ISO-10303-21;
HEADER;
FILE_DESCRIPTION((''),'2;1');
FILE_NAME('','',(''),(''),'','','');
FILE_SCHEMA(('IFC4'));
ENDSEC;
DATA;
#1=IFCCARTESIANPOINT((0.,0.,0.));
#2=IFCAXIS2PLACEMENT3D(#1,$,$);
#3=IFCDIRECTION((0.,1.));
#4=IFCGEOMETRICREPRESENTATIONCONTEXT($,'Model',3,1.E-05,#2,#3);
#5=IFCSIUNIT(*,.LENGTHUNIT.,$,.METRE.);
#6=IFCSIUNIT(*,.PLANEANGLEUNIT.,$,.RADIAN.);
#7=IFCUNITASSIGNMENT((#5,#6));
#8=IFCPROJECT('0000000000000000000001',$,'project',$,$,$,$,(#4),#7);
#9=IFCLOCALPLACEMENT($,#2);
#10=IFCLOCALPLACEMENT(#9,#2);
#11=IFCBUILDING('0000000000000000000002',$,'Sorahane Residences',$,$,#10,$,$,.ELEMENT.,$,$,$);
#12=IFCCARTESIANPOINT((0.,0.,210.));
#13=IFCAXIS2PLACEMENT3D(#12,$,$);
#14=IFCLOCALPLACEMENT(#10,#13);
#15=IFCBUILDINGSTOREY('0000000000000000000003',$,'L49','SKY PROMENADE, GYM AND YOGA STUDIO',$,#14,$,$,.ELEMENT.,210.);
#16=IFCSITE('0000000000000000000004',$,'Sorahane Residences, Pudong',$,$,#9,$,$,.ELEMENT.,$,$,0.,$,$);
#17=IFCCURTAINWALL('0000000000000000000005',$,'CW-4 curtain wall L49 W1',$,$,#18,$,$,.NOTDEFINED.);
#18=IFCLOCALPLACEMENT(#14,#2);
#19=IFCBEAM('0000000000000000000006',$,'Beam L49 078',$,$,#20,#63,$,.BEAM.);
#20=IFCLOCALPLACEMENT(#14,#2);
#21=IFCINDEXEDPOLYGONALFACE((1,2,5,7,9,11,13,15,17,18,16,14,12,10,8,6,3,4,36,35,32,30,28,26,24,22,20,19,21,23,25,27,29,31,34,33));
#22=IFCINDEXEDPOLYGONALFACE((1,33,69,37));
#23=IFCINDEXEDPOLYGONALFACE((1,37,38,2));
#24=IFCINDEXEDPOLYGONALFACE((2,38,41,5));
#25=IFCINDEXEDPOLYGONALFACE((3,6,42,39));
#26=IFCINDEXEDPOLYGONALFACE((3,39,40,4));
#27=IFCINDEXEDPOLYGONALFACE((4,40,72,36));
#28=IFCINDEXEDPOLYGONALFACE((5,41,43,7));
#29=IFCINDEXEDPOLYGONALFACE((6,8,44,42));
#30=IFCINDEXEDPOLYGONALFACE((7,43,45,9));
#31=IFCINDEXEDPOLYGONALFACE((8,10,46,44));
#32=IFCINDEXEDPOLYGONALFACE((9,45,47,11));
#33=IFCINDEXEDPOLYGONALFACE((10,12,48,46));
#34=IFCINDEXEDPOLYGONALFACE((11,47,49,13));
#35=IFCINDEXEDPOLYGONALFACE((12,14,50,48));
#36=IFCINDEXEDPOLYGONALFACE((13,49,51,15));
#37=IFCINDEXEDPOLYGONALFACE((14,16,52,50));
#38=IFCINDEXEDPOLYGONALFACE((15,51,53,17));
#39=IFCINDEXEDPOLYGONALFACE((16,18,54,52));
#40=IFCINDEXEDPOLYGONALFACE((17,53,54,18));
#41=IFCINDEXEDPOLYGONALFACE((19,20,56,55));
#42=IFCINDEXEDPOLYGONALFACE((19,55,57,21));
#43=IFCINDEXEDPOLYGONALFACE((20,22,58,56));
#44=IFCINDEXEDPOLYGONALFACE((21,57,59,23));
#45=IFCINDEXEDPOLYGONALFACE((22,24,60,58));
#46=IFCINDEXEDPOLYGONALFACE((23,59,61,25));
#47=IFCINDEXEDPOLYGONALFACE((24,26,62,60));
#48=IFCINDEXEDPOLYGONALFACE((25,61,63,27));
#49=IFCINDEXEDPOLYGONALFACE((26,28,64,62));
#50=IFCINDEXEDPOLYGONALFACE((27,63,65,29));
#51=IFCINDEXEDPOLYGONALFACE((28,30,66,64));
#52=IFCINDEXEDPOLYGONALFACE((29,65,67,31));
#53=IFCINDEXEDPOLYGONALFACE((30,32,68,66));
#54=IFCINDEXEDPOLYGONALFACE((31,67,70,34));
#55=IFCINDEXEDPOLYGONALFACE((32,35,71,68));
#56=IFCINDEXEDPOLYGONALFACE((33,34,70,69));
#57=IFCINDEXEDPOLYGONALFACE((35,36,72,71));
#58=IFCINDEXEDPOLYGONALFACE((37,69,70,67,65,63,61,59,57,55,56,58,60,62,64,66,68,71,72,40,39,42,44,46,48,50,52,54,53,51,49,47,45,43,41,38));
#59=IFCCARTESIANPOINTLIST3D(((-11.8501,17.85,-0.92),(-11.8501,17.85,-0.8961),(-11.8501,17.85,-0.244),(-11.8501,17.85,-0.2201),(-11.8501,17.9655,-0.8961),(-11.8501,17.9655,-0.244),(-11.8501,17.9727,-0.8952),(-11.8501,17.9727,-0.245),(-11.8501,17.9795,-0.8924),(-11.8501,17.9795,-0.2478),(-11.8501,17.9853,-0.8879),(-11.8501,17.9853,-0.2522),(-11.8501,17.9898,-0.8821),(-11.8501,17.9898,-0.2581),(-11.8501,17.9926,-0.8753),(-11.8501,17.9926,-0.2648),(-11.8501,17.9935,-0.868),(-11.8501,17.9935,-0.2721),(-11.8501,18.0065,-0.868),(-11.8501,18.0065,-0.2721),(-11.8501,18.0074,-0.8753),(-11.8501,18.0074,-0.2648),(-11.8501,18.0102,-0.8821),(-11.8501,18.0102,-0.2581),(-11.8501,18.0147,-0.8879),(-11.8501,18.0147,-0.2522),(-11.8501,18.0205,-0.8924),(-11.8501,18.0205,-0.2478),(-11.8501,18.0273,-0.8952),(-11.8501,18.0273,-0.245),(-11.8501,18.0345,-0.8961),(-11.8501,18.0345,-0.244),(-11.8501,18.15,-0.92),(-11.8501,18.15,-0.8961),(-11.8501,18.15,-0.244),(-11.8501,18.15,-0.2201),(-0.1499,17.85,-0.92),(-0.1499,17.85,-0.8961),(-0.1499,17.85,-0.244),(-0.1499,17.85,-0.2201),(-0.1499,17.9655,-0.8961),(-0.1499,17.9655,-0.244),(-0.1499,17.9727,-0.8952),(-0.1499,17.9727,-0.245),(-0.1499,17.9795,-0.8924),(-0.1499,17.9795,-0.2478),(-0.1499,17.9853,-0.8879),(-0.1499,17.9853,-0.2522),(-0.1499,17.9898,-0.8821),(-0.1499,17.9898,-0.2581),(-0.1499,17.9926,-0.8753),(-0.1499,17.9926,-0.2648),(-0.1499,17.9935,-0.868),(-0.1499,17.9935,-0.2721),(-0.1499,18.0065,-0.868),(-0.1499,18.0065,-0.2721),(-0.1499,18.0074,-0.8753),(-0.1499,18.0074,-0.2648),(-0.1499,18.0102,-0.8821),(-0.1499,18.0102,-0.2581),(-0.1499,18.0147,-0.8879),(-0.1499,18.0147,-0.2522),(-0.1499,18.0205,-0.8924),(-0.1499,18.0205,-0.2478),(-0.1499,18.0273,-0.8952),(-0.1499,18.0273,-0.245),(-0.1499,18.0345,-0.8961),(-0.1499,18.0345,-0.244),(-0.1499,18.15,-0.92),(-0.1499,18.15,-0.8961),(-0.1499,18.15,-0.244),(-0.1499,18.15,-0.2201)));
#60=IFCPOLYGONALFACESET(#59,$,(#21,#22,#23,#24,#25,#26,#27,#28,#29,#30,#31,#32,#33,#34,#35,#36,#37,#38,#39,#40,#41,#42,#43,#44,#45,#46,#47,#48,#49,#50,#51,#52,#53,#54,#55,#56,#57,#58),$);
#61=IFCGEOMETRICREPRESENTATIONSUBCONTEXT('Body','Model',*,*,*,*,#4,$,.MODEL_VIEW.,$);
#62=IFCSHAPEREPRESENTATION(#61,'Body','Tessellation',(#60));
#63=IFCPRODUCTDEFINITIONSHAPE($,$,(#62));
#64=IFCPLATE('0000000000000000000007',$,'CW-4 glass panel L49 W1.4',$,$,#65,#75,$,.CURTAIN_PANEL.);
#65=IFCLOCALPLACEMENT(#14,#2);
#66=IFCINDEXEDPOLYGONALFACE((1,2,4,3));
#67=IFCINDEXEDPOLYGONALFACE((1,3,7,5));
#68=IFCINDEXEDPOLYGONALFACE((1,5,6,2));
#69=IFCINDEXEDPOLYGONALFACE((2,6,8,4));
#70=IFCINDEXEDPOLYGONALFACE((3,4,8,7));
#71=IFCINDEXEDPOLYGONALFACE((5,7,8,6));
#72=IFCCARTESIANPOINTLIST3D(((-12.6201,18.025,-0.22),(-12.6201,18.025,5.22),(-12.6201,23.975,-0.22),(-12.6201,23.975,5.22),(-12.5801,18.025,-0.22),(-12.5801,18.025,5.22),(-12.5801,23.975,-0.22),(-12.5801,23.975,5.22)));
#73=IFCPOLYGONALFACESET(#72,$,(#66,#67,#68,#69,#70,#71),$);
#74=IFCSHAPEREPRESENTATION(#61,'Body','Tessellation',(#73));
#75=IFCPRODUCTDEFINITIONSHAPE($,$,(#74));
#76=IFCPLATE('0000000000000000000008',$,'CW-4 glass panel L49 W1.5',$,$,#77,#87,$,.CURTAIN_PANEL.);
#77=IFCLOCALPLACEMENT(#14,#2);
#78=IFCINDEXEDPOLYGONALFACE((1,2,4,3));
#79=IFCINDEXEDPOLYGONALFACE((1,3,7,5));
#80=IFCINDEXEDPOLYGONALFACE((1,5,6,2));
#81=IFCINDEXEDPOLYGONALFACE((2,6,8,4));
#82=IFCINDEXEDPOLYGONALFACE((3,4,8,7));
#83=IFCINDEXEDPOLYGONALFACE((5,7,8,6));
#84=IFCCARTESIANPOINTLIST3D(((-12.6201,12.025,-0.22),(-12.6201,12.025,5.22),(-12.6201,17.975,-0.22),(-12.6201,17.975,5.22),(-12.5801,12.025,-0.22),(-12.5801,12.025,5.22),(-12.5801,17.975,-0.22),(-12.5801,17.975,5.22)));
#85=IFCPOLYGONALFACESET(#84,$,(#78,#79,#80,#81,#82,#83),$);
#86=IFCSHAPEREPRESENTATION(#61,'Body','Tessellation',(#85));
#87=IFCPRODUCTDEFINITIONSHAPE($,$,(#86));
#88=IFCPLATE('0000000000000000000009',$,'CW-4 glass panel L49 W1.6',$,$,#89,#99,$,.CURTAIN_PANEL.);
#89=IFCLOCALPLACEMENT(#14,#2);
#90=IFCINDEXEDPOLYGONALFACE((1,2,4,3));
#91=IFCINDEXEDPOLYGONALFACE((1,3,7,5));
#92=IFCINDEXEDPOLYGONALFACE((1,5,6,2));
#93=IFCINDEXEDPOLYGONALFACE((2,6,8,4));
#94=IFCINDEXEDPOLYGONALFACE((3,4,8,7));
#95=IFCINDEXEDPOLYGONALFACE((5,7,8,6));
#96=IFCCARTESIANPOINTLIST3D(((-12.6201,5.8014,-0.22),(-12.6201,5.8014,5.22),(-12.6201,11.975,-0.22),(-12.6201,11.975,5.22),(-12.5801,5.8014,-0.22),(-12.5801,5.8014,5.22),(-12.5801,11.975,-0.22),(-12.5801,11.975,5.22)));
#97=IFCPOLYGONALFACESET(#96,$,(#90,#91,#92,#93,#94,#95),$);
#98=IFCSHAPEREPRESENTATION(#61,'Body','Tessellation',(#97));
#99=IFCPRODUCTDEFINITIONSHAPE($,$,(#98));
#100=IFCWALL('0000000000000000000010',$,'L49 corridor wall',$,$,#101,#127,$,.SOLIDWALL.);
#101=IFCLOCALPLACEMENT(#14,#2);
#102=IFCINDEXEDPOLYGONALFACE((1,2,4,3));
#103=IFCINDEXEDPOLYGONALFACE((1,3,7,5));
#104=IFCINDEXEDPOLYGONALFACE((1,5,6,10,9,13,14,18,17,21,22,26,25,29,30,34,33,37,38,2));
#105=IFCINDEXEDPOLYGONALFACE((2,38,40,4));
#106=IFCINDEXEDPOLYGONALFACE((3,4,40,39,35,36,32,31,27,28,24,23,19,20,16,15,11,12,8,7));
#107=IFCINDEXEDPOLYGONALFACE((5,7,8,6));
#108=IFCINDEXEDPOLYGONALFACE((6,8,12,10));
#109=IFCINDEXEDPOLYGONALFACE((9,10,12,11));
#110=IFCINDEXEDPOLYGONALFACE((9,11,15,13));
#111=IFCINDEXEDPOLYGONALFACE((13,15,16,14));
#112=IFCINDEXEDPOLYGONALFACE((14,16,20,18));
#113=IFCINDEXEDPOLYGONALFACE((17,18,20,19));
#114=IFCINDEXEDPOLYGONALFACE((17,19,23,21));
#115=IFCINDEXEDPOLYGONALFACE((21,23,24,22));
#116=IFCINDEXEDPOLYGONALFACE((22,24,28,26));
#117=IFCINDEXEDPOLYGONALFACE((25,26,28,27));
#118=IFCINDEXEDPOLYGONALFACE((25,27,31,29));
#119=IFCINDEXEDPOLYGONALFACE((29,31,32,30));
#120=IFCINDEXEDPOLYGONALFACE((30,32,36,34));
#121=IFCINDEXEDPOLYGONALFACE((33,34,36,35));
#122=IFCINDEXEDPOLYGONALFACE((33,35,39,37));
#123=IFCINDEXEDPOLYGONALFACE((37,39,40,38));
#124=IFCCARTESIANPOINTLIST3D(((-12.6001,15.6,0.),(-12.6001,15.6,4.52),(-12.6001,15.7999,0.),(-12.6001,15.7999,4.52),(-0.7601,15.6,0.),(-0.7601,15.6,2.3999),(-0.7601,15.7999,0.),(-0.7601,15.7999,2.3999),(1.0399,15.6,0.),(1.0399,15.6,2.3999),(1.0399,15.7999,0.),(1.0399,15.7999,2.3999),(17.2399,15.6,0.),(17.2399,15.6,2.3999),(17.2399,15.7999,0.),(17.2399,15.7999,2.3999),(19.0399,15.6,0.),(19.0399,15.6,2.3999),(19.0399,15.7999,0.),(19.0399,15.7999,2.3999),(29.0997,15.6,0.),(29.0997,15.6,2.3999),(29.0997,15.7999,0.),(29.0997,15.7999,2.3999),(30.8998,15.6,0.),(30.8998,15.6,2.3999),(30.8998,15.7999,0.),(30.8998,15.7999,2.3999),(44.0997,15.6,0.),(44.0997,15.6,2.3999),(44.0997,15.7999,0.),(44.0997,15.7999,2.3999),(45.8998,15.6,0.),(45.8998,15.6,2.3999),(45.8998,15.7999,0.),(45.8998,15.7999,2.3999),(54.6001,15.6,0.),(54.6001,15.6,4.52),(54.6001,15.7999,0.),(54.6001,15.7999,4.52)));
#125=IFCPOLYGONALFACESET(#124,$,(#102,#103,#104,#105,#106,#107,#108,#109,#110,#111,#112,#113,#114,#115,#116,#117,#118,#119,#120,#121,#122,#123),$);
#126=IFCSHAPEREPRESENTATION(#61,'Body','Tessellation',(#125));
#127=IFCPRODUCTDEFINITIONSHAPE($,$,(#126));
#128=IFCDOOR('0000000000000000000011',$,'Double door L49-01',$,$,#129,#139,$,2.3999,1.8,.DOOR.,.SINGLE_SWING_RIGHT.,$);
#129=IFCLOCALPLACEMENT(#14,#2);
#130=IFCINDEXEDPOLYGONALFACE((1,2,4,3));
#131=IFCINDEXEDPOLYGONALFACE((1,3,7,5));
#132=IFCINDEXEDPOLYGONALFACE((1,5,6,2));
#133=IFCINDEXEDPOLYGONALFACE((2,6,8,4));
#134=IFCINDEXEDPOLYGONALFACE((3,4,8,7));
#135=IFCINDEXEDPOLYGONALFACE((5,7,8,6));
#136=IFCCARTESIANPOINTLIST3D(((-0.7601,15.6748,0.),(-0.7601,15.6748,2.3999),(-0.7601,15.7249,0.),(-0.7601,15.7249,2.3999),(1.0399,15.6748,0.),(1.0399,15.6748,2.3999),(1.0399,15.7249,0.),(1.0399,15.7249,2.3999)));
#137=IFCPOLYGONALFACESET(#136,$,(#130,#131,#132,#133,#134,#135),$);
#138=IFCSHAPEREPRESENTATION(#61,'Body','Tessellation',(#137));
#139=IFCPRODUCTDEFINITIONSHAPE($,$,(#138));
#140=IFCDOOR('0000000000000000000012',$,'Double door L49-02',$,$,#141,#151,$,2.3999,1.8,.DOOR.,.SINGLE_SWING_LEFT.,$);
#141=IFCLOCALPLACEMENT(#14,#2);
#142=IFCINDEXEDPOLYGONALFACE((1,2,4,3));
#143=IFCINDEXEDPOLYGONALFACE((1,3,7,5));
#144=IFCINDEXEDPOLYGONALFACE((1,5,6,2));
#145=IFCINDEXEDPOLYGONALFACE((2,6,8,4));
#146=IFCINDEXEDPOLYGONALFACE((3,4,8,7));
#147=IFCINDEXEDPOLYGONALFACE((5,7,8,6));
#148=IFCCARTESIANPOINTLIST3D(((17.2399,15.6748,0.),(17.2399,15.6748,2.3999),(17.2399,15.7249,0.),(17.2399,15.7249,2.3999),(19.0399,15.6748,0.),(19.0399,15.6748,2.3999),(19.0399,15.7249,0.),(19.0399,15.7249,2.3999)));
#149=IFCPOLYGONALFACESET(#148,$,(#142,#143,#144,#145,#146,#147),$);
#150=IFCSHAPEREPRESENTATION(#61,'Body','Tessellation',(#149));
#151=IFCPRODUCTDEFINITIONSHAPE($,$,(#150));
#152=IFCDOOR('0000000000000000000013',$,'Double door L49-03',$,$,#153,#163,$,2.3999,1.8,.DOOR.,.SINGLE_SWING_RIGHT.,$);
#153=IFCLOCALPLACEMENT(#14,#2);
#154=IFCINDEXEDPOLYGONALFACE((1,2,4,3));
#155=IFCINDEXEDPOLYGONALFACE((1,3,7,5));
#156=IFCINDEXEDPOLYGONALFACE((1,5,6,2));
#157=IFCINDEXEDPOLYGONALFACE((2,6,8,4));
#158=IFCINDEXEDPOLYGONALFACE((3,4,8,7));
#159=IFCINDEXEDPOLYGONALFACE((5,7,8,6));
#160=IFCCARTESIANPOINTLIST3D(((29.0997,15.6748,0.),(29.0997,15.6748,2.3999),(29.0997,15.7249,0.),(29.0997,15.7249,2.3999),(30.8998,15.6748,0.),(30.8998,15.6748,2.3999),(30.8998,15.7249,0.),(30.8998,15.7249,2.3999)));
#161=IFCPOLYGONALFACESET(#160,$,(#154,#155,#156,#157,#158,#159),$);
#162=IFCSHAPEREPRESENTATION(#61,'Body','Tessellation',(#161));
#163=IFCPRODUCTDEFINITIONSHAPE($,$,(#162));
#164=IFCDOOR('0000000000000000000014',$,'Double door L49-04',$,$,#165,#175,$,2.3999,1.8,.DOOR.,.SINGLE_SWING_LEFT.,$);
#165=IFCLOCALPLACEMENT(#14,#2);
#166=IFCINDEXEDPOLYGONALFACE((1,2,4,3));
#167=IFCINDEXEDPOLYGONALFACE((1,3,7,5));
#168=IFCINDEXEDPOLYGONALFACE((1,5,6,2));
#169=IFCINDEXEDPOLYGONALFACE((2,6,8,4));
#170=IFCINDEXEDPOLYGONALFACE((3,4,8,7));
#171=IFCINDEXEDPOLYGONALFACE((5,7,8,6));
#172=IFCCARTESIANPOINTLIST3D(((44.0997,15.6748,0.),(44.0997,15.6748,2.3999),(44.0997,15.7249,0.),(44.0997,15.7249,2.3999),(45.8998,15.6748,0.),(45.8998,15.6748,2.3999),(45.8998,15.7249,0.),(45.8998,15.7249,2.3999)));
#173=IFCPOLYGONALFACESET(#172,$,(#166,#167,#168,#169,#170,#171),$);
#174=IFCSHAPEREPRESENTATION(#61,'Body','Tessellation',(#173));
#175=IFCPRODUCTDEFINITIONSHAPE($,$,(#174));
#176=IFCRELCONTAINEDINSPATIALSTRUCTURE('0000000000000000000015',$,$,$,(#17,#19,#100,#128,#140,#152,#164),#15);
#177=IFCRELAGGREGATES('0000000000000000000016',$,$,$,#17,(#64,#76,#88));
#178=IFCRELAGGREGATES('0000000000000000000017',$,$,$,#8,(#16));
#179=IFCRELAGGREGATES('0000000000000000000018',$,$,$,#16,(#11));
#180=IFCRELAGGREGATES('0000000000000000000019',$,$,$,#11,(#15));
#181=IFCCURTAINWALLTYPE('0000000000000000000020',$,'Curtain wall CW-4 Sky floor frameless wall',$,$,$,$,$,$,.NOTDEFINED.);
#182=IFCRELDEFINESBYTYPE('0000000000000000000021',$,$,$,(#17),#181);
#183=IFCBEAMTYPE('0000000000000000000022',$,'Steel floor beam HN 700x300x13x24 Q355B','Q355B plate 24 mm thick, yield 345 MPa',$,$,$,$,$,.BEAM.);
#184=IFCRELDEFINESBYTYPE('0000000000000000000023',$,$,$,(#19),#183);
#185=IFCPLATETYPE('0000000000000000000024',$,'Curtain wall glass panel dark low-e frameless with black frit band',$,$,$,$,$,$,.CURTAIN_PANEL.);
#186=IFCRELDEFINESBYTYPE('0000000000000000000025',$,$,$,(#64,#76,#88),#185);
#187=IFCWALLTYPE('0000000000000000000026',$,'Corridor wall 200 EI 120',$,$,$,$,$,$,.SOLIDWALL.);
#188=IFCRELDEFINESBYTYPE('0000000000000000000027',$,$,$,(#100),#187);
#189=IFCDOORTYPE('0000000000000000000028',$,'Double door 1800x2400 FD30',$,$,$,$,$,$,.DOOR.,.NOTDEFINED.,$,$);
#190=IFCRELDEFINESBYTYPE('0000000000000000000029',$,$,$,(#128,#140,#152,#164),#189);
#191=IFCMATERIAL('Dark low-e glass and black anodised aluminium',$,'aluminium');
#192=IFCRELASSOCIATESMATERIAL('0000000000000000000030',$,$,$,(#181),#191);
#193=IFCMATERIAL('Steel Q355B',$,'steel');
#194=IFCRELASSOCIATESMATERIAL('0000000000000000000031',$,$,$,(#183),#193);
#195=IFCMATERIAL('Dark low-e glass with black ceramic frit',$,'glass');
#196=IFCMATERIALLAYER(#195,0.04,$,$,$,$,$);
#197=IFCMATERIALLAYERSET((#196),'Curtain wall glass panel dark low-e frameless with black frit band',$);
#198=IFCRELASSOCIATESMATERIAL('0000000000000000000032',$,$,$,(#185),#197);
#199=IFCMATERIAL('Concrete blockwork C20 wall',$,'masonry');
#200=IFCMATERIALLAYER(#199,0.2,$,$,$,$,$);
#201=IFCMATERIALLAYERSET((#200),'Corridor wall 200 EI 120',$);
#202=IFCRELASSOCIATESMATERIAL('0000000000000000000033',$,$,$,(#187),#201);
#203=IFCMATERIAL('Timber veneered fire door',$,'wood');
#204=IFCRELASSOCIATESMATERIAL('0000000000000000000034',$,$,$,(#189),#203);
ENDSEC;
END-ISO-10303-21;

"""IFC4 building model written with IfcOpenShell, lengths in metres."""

from ifc_helpers import new_model, si_unit, direction, frame, frame_2d, origin, origin_2d, place, context, subcontext, project, spatial, rectangle, i_section, extrude, material, layer, layer_set, material_profile, profile_set, type_object, element, fill, aggregate, save


model = new_model("IFC4")

# Units and contexts
model_context = context("Model", 3, precision=1e-05, world=origin(), true_north=direction((0.0, 1.0)))
body_context = subcontext(model_context, "Body", "Model", "MODEL_VIEW")
ifc_project = project(units=[si_unit("LENGTHUNIT", "METRE"), si_unit("PLANEANGLEUNIT", "RADIAN")], contexts=[model_context])

# Site, building, storey
site_placement = place(None, origin())
site = spatial("IfcSite", under=ifc_project, at=site_placement, Name="Sorahane Residences, Pudong", CompositionType="ELEMENT", RefElevation=0.0)
building_placement = place(site_placement, origin())
building = spatial("IfcBuilding", under=site, at=building_placement, Name="Sorahane Residences", CompositionType="ELEMENT")
storey_placement = place(building_placement, frame((0.0, 0.0, 210.0)))
storey = spatial("IfcBuildingStorey", under=building, at=storey_placement, Name="L49", Description="SKY PROMENADE, GYM AND YOGA STUDIO", CompositionType="ELEMENT", Elevation=210.0)

# Curtain wall
ifc_material_1 = material(Name="Dark low-e glass and black anodised aluminium", Category="aluminium")
curtain_wall_type = type_object("IfcCurtainWallType", Name="Curtain wall CW-4 Sky floor frameless wall", PredefinedType="NOTDEFINED", material=ifc_material_1)
curtain_wall_1_placement = place(storey_placement, origin())
curtain_wall_1 = element("IfcCurtainWall", 1, at=curtain_wall_1_placement, inside=storey, type_object=curtain_wall_type, Name="CW-4 curtain wall L49 W1", PredefinedType="NOTDEFINED")

# Beam
ifc_material_2 = material(Name="Steel Q355B", Category="steel")
ifc_material_profile_1 = material_profile(ifc_material_2, i_section(OverallWidth=0.3, OverallDepth=0.7, WebThickness=0.0129, FlangeThickness=0.0239, FilletRadius=0.0281, at=origin_2d()), Name="HN 700x300x13x24")
ifc_profile_set_1 = profile_set([ifc_material_profile_1], Name="Steel Q355B")
beam_type_1 = type_object("IfcBeamType", Name="Steel floor beam HN 700x300x13x24 Q355B", Description="Q355B plate 24 mm thick, yield 345 MPa", PredefinedType="BEAM", material=ifc_profile_set_1)
beam_1_placement = place(storey_placement, frame((-11.8501, 18.0, -0.5701), z_axis=(1.0, 0.0, 0.0), x_axis=(0.0, 1.0, 0.0)))
element("IfcBeam", 2, at=beam_1_placement, inside=storey, type_object=beam_type_1, Name="Beam L49 078", PredefinedType="BEAM", context=body_context, shape_type="SweptSolid", body=[
    extrude(i_section(OverallWidth=0.3, OverallDepth=0.7, WebThickness=0.0129, FlangeThickness=0.0239, FilletRadius=0.0281, at=origin_2d()), origin(), (0.0, 0.0, 1.0), 11.7002),
])

# Plates
ifc_material_3 = material(Name="Dark low-e glass with black ceramic frit", Category="glass")
ifc_layer_1 = layer(ifc_material_3, 0.04)
ifc_layer_set_1 = layer_set([ifc_layer_1], Name="Curtain wall glass panel dark low-e frameless with black frit band")
plate_type = type_object("IfcPlateType", Name="Curtain wall glass panel dark low-e frameless with black frit band", PredefinedType="CURTAIN_PANEL", material=ifc_layer_set_1)
plate_1_placement = place(storey_placement, frame((-12.6001, 21.0, -0.22), z_axis=(0.0, 0.0, 1.0), x_axis=(0.0, -1.0, 0.0)))
plate_1 = element("IfcPlate", 3, at=plate_1_placement, type_object=plate_type, Name="CW-4 glass panel L49 W1.4", PredefinedType="CURTAIN_PANEL", context=body_context, shape_type="SweptSolid", body=[
    extrude(rectangle(XDim=5.95, YDim=0.04, at=origin_2d()), origin(), (0.0, 0.0, 1.0), 5.4399),
])
plate_2_placement = place(storey_placement, frame((-12.6001, 15.0, -0.22), z_axis=(0.0, 0.0, 1.0), x_axis=(0.0, -1.0, 0.0)))
plate_2 = element("IfcPlate", 4, at=plate_2_placement, type_object=plate_type, Name="CW-4 glass panel L49 W1.5", PredefinedType="CURTAIN_PANEL", context=body_context, shape_type="SweptSolid", body=[
    extrude(rectangle(XDim=5.95, YDim=0.04, at=origin_2d()), origin(), (0.0, 0.0, 1.0), 5.4399),
])
plate_3_placement = place(storey_placement, frame((-12.6001, 8.8882, -0.22), z_axis=(0.0, 0.0, 1.0), x_axis=(0.0, -1.0, 0.0)))
plate_3 = element("IfcPlate", 5, at=plate_3_placement, type_object=plate_type, Name="CW-4 glass panel L49 W1.6", PredefinedType="CURTAIN_PANEL", context=body_context, shape_type="SweptSolid", body=[
    extrude(rectangle(XDim=6.1736, YDim=0.04, at=origin_2d()), origin(), (0.0, 0.0, 1.0), 5.4399),
])
aggregate(curtain_wall_1, [plate_1, plate_2, plate_3])

# Wall, openings, doors
ifc_material_4 = material(Name="Concrete blockwork C20 wall", Category="masonry")
ifc_layer_2 = layer(ifc_material_4, 0.2)
ifc_layer_set_2 = layer_set([ifc_layer_2], Name="Corridor wall 200 EI 120")
wall_type = type_object("IfcWallType", Name="Corridor wall 200 EI 120", PredefinedType="SOLIDWALL", material=ifc_layer_set_2)
wall_1_placement = place(storey_placement, frame((-12.6001, 15.7, 0.0), z_axis=(0.0, 0.0, 1.0), x_axis=(1.0, 0.0, 0.0)))
wall_1 = element("IfcWall", 6, at=wall_1_placement, inside=storey, type_object=wall_type, Name="L49 corridor wall", PredefinedType="SOLIDWALL", context=body_context, shape_type="SweptSolid", body=[
    extrude(rectangle(XDim=67.2002, YDim=0.2, at=frame_2d((33.6001, 0.0))), origin(), (0.0, 0.0, 1.0), 4.52),
])
opening_1_placement = place(wall_1_placement, frame((11.8401, 0.0, 0.0)))
opening_1 = element("IfcOpeningElement", 7, at=opening_1_placement, cuts=wall_1, PredefinedType="OPENING", context=body_context, shape_type="SweptSolid", body=[
    extrude(rectangle(XDim=1.8, YDim=2.3999, at=frame_2d((0.8999, 1.2))), frame((0.0, 0.1099, 0.0), z_axis=(0.0, -1.0, 0.0), x_axis=(1.0, 0.0, 0.0)), (0.0, 0.0, 1.0), 0.22),
])
opening_2_placement = place(wall_1_placement, frame((29.8401, 0.0, 0.0)))
opening_2 = element("IfcOpeningElement", 8, at=opening_2_placement, cuts=wall_1, PredefinedType="OPENING", context=body_context, shape_type="SweptSolid", body=[
    extrude(rectangle(XDim=1.8, YDim=2.3999, at=frame_2d((0.8999, 1.2))), frame((0.0, 0.1099, 0.0), z_axis=(0.0, -1.0, 0.0), x_axis=(1.0, 0.0, 0.0)), (0.0, 0.0, 1.0), 0.22),
])
opening_3_placement = place(wall_1_placement, frame((41.7, 0.0, 0.0)))
opening_3 = element("IfcOpeningElement", 9, at=opening_3_placement, cuts=wall_1, PredefinedType="OPENING", context=body_context, shape_type="SweptSolid", body=[
    extrude(rectangle(XDim=1.8, YDim=2.3999, at=frame_2d((0.8999, 1.2))), frame((0.0, 0.1099, 0.0), z_axis=(0.0, -1.0, 0.0), x_axis=(1.0, 0.0, 0.0)), (0.0, 0.0, 1.0), 0.22),
])
opening_4_placement = place(wall_1_placement, frame((56.7, 0.0, 0.0)))
opening_4 = element("IfcOpeningElement", 10, at=opening_4_placement, cuts=wall_1, PredefinedType="OPENING", context=body_context, shape_type="SweptSolid", body=[
    extrude(rectangle(XDim=1.8, YDim=2.3999, at=frame_2d((0.8999, 1.2))), frame((0.0, 0.1099, 0.0), z_axis=(0.0, -1.0, 0.0), x_axis=(1.0, 0.0, 0.0)), (0.0, 0.0, 1.0), 0.22),
])
ifc_material_5 = material(Name="Timber veneered fire door", Category="wood")
door_type_1 = type_object("IfcDoorType", Name="Double door 1800x2400 FD30", OperationType="NOTDEFINED", PredefinedType="DOOR", material=ifc_material_5)
door_1_placement = place(opening_1_placement, origin())
door_1 = element("IfcDoor", 11, at=door_1_placement, inside=storey, type_object=door_type_1, Name="Double door L49-01", OperationType="SINGLE_SWING_RIGHT", OverallHeight=2.3999, OverallWidth=1.8, PredefinedType="DOOR", context=body_context, shape_type="SweptSolid", body=[
    extrude(rectangle(XDim=1.8, YDim=2.3999, at=frame_2d((0.8999, 1.2))), frame((0.0, 0.0249, 0.0), z_axis=(0.0, -1.0, 0.0), x_axis=(1.0, 0.0, 0.0)), (0.0, 0.0, 1.0), 0.05),
])
fill(opening_1, door_1)
door_2_placement = place(opening_2_placement, origin())
door_2 = element("IfcDoor", 12, at=door_2_placement, inside=storey, type_object=door_type_1, Name="Double door L49-02", OperationType="SINGLE_SWING_LEFT", OverallHeight=2.3999, OverallWidth=1.8, PredefinedType="DOOR", context=body_context, shape_type="SweptSolid", body=[
    extrude(rectangle(XDim=1.8, YDim=2.3999, at=frame_2d((0.8999, 1.2))), frame((0.0, 0.0249, 0.0), z_axis=(0.0, -1.0, 0.0), x_axis=(1.0, 0.0, 0.0)), (0.0, 0.0, 1.0), 0.05),
])
fill(opening_2, door_2)
door_3_placement = place(opening_3_placement, origin())
door_3 = element("IfcDoor", 13, at=door_3_placement, inside=storey, type_object=door_type_1, Name="Double door L49-03", OperationType="SINGLE_SWING_RIGHT", OverallHeight=2.3999, OverallWidth=1.8, PredefinedType="DOOR", context=body_context, shape_type="SweptSolid", body=[
    extrude(rectangle(XDim=1.8, YDim=2.3999, at=frame_2d((0.8999, 1.2))), frame((0.0, 0.0249, 0.0), z_axis=(0.0, -1.0, 0.0), x_axis=(1.0, 0.0, 0.0)), (0.0, 0.0, 1.0), 0.05),
])
fill(opening_3, door_3)
door_4_placement = place(opening_4_placement, origin())
door_4 = element("IfcDoor", 14, at=door_4_placement, inside=storey, type_object=door_type_1, Name="Double door L49-04", OperationType="SINGLE_SWING_LEFT", OverallHeight=2.3999, OverallWidth=1.8, PredefinedType="DOOR", context=body_context, shape_type="SweptSolid", body=[
    extrude(rectangle(XDim=1.8, YDim=2.3999, at=frame_2d((0.8999, 1.2))), frame((0.0, 0.0249, 0.0), z_axis=(0.0, -1.0, 0.0), x_axis=(1.0, 0.0, 0.0)), (0.0, 0.0, 1.0), 0.05),
])
fill(opening_4, door_4)

save(model, "model.ifc")
